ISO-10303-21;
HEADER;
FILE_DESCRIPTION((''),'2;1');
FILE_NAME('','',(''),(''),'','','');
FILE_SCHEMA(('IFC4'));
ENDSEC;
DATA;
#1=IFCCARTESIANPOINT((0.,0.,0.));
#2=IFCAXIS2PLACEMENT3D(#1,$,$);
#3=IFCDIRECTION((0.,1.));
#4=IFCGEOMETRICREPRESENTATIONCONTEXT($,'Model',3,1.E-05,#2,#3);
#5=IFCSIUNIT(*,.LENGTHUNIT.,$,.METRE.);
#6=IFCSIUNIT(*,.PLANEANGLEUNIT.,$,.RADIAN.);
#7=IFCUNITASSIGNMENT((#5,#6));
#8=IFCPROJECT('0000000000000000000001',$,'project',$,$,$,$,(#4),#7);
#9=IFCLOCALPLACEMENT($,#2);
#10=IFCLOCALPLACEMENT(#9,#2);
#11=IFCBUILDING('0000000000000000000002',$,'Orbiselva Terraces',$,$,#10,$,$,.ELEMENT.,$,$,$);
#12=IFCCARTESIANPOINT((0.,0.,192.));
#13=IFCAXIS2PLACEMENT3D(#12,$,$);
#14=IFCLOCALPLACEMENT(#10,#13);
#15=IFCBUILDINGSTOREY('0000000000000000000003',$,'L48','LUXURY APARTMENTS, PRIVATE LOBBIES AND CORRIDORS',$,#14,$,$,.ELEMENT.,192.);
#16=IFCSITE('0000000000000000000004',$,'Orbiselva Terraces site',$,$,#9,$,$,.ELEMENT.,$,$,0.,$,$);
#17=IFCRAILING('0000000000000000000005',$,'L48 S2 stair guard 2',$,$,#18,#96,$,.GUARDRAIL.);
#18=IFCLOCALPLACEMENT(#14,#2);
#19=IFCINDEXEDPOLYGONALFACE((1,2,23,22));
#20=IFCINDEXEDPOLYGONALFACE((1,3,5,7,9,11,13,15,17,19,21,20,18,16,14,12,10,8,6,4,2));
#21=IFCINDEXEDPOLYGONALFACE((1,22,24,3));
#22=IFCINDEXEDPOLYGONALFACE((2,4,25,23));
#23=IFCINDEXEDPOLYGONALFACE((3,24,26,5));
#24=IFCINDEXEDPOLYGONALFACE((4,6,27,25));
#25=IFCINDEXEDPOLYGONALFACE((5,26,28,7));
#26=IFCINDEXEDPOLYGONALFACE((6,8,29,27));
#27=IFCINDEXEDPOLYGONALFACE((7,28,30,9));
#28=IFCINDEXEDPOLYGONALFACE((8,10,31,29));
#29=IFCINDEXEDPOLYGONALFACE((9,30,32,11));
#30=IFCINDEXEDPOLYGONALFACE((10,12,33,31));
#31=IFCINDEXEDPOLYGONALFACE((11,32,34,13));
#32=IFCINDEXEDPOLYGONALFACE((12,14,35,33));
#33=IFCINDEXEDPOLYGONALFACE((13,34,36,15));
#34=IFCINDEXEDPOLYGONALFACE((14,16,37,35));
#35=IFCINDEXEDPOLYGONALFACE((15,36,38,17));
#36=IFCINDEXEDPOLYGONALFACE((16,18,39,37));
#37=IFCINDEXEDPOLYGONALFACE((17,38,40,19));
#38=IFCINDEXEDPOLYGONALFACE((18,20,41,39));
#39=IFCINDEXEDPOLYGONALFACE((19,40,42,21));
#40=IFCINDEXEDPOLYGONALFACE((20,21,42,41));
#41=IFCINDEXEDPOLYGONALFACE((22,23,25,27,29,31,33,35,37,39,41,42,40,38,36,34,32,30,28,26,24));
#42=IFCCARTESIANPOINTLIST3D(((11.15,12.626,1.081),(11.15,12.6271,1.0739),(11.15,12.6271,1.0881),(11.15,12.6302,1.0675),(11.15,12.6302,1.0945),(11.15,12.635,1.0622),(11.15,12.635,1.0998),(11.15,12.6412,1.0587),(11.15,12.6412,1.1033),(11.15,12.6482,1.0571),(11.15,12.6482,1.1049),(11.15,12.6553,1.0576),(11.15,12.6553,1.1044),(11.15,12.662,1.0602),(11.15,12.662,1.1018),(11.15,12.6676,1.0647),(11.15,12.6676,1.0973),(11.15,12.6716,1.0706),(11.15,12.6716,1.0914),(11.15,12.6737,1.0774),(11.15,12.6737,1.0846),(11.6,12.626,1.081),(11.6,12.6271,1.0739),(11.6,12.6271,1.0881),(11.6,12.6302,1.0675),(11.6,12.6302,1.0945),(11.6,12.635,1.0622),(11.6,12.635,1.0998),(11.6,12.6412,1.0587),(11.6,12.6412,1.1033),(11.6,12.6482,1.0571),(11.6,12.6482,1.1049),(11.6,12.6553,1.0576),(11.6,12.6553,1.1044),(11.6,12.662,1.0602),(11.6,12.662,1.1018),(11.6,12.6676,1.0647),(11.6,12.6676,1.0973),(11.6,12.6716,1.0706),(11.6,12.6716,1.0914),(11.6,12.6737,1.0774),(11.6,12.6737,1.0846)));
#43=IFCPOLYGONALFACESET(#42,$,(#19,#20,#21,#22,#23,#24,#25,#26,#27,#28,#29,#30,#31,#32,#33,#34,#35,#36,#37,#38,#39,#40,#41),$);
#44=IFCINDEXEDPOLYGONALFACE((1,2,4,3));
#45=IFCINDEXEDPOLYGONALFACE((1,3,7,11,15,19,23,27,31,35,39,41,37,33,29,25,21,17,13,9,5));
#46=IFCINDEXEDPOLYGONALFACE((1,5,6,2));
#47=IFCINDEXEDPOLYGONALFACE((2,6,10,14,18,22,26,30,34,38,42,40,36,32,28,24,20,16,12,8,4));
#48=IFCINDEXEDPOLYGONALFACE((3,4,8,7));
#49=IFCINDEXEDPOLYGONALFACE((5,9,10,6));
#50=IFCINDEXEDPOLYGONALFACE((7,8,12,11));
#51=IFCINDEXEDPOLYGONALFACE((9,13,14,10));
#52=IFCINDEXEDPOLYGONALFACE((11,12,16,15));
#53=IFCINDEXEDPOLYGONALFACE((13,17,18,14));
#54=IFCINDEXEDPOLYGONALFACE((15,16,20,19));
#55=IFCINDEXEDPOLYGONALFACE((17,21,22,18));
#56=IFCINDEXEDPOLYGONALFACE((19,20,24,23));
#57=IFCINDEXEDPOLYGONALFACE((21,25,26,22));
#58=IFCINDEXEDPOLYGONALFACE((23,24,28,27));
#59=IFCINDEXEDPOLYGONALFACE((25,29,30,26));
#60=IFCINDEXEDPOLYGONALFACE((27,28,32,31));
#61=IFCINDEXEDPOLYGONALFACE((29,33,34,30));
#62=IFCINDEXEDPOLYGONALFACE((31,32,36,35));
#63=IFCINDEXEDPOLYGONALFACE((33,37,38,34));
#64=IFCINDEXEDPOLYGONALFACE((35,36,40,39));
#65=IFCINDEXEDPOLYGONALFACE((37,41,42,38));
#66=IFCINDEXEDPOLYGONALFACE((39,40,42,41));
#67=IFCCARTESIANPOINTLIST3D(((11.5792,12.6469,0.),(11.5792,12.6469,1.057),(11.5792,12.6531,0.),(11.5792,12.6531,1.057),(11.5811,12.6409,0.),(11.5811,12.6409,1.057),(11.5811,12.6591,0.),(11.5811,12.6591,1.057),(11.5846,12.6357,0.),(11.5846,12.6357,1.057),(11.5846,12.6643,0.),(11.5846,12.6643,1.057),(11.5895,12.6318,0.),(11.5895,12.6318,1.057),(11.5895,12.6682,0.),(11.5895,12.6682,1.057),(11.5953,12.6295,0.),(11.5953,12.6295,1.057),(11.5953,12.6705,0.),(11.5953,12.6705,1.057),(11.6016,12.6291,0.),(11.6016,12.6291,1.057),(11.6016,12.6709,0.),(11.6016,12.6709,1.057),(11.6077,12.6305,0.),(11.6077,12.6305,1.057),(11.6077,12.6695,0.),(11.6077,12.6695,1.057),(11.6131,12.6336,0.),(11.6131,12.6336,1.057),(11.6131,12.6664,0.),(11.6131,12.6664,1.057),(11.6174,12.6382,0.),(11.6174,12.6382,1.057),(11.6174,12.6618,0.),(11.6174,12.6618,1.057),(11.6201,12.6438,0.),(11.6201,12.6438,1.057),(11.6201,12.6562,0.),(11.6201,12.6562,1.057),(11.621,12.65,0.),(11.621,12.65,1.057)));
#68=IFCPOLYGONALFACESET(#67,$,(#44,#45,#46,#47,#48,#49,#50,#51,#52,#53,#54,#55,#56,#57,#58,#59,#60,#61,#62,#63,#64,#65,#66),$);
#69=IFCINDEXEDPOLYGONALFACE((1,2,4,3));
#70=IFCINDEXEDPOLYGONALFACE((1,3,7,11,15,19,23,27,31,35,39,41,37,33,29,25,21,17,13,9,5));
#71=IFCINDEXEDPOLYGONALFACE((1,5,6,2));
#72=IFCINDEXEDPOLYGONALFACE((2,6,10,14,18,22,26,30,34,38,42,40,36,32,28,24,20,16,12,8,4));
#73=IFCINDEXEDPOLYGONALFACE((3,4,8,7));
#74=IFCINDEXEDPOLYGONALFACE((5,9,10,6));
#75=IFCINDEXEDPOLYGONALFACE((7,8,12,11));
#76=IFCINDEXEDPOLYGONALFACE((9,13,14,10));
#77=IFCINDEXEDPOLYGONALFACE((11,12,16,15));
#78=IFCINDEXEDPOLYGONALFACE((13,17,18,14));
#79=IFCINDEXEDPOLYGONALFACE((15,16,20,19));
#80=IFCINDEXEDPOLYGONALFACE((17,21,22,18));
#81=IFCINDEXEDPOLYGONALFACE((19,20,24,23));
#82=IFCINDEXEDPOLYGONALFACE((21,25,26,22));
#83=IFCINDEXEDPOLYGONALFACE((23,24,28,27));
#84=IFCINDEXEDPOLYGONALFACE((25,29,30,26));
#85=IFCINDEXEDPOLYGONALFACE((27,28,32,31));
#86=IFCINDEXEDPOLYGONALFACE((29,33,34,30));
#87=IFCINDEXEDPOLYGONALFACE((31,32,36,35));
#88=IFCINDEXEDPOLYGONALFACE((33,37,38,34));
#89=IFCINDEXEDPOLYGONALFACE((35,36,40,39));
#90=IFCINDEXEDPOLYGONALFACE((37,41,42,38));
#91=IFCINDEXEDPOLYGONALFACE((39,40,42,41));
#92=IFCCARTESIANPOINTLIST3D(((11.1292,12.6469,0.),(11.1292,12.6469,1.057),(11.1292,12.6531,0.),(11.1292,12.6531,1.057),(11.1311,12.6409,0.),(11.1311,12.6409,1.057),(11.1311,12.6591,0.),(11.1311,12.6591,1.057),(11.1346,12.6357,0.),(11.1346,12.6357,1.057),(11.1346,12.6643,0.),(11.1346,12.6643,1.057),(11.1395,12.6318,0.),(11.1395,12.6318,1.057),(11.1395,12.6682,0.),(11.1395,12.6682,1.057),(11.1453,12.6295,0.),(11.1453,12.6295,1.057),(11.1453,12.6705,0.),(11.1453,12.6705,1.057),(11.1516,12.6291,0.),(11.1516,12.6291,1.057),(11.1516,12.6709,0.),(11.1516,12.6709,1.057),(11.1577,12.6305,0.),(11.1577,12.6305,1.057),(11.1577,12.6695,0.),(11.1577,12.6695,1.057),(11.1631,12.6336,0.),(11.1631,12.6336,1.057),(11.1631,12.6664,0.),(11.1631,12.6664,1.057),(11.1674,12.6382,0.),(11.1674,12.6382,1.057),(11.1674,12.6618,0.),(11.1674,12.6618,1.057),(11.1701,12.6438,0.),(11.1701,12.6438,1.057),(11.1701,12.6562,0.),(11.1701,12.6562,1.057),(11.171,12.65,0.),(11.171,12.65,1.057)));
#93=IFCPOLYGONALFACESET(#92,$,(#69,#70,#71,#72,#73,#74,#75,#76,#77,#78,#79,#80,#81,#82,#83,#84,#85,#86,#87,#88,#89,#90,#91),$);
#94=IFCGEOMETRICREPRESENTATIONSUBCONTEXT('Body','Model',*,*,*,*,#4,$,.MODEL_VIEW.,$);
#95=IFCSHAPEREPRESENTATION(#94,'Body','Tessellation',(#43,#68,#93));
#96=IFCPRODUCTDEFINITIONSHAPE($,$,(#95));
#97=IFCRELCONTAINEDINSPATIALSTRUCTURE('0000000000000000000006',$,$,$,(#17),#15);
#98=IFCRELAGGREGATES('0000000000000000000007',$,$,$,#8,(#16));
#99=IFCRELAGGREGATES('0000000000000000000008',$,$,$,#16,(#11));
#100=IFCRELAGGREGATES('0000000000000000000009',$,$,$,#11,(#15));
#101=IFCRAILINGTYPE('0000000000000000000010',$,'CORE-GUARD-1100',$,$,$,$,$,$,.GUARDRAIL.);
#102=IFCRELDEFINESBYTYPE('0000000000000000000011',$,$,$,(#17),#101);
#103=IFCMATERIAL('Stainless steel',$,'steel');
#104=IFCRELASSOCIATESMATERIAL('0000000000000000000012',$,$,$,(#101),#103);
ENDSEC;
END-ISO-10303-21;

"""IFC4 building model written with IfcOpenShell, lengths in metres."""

from ifc_helpers import new_model, si_unit, direction, frame, origin, origin_2d, place, context, subcontext, project, spatial, circle, extrude, material, type_object, element, save


model = new_model("IFC4")

# Units and contexts
model_context = context("Model", 3, precision=1e-05, world=origin(), true_north=direction((0.0, 1.0)))
body_context = subcontext(model_context, "Body", "Model", "MODEL_VIEW")
ifc_project = project(units=[si_unit("LENGTHUNIT", "METRE"), si_unit("PLANEANGLEUNIT", "RADIAN")], contexts=[model_context])

# Site, building, storey
site_placement = place(None, origin())
site = spatial("IfcSite", under=ifc_project, at=site_placement, Name="Orbiselva Terraces site", CompositionType="ELEMENT", RefElevation=0.0)
building_placement = place(site_placement, origin())
building = spatial("IfcBuilding", under=site, at=building_placement, Name="Orbiselva Terraces", CompositionType="ELEMENT")
storey_placement = place(building_placement, frame((0.0, 0.0, 192.0)))
storey = spatial("IfcBuildingStorey", under=building, at=storey_placement, Name="L48", Description="LUXURY APARTMENTS, PRIVATE LOBBIES AND CORRIDORS", CompositionType="ELEMENT", Elevation=192.0)

# Railing
ifc_material_1 = material(Name="Stainless steel", Category="steel")
railing_type = type_object("IfcRailingType", Name="CORE-GUARD-1100", PredefinedType="GUARDRAIL", material=ifc_material_1)
railing_1_placement = place(storey_placement, frame((11.6, 12.65, 0.0)))
element("IfcRailing", 1, at=railing_1_placement, inside=storey, type_object=railing_type, Name="L48 S2 stair guard 2", PredefinedType="GUARDRAIL", context=body_context, shape_type="SweptSolid", body=[
    extrude(circle(Radius=0.024, at=origin_2d()), frame((0.0, 0.0, 1.081), z_axis=(-1.0, 0.0, 0.0), x_axis=(0.0, -1.0, 0.0)), (0.0, 0.0, 1.0), 0.45),
    extrude(circle(Radius=0.021, at=origin_2d()), origin(), (0.0, 0.0, 1.0), 1.057),
    extrude(circle(Radius=0.021, at=origin_2d()), frame((-0.45, 0.0, 0.0)), (0.0, 0.0, 1.0), 1.057),
])

save(model, "model.ifc")
